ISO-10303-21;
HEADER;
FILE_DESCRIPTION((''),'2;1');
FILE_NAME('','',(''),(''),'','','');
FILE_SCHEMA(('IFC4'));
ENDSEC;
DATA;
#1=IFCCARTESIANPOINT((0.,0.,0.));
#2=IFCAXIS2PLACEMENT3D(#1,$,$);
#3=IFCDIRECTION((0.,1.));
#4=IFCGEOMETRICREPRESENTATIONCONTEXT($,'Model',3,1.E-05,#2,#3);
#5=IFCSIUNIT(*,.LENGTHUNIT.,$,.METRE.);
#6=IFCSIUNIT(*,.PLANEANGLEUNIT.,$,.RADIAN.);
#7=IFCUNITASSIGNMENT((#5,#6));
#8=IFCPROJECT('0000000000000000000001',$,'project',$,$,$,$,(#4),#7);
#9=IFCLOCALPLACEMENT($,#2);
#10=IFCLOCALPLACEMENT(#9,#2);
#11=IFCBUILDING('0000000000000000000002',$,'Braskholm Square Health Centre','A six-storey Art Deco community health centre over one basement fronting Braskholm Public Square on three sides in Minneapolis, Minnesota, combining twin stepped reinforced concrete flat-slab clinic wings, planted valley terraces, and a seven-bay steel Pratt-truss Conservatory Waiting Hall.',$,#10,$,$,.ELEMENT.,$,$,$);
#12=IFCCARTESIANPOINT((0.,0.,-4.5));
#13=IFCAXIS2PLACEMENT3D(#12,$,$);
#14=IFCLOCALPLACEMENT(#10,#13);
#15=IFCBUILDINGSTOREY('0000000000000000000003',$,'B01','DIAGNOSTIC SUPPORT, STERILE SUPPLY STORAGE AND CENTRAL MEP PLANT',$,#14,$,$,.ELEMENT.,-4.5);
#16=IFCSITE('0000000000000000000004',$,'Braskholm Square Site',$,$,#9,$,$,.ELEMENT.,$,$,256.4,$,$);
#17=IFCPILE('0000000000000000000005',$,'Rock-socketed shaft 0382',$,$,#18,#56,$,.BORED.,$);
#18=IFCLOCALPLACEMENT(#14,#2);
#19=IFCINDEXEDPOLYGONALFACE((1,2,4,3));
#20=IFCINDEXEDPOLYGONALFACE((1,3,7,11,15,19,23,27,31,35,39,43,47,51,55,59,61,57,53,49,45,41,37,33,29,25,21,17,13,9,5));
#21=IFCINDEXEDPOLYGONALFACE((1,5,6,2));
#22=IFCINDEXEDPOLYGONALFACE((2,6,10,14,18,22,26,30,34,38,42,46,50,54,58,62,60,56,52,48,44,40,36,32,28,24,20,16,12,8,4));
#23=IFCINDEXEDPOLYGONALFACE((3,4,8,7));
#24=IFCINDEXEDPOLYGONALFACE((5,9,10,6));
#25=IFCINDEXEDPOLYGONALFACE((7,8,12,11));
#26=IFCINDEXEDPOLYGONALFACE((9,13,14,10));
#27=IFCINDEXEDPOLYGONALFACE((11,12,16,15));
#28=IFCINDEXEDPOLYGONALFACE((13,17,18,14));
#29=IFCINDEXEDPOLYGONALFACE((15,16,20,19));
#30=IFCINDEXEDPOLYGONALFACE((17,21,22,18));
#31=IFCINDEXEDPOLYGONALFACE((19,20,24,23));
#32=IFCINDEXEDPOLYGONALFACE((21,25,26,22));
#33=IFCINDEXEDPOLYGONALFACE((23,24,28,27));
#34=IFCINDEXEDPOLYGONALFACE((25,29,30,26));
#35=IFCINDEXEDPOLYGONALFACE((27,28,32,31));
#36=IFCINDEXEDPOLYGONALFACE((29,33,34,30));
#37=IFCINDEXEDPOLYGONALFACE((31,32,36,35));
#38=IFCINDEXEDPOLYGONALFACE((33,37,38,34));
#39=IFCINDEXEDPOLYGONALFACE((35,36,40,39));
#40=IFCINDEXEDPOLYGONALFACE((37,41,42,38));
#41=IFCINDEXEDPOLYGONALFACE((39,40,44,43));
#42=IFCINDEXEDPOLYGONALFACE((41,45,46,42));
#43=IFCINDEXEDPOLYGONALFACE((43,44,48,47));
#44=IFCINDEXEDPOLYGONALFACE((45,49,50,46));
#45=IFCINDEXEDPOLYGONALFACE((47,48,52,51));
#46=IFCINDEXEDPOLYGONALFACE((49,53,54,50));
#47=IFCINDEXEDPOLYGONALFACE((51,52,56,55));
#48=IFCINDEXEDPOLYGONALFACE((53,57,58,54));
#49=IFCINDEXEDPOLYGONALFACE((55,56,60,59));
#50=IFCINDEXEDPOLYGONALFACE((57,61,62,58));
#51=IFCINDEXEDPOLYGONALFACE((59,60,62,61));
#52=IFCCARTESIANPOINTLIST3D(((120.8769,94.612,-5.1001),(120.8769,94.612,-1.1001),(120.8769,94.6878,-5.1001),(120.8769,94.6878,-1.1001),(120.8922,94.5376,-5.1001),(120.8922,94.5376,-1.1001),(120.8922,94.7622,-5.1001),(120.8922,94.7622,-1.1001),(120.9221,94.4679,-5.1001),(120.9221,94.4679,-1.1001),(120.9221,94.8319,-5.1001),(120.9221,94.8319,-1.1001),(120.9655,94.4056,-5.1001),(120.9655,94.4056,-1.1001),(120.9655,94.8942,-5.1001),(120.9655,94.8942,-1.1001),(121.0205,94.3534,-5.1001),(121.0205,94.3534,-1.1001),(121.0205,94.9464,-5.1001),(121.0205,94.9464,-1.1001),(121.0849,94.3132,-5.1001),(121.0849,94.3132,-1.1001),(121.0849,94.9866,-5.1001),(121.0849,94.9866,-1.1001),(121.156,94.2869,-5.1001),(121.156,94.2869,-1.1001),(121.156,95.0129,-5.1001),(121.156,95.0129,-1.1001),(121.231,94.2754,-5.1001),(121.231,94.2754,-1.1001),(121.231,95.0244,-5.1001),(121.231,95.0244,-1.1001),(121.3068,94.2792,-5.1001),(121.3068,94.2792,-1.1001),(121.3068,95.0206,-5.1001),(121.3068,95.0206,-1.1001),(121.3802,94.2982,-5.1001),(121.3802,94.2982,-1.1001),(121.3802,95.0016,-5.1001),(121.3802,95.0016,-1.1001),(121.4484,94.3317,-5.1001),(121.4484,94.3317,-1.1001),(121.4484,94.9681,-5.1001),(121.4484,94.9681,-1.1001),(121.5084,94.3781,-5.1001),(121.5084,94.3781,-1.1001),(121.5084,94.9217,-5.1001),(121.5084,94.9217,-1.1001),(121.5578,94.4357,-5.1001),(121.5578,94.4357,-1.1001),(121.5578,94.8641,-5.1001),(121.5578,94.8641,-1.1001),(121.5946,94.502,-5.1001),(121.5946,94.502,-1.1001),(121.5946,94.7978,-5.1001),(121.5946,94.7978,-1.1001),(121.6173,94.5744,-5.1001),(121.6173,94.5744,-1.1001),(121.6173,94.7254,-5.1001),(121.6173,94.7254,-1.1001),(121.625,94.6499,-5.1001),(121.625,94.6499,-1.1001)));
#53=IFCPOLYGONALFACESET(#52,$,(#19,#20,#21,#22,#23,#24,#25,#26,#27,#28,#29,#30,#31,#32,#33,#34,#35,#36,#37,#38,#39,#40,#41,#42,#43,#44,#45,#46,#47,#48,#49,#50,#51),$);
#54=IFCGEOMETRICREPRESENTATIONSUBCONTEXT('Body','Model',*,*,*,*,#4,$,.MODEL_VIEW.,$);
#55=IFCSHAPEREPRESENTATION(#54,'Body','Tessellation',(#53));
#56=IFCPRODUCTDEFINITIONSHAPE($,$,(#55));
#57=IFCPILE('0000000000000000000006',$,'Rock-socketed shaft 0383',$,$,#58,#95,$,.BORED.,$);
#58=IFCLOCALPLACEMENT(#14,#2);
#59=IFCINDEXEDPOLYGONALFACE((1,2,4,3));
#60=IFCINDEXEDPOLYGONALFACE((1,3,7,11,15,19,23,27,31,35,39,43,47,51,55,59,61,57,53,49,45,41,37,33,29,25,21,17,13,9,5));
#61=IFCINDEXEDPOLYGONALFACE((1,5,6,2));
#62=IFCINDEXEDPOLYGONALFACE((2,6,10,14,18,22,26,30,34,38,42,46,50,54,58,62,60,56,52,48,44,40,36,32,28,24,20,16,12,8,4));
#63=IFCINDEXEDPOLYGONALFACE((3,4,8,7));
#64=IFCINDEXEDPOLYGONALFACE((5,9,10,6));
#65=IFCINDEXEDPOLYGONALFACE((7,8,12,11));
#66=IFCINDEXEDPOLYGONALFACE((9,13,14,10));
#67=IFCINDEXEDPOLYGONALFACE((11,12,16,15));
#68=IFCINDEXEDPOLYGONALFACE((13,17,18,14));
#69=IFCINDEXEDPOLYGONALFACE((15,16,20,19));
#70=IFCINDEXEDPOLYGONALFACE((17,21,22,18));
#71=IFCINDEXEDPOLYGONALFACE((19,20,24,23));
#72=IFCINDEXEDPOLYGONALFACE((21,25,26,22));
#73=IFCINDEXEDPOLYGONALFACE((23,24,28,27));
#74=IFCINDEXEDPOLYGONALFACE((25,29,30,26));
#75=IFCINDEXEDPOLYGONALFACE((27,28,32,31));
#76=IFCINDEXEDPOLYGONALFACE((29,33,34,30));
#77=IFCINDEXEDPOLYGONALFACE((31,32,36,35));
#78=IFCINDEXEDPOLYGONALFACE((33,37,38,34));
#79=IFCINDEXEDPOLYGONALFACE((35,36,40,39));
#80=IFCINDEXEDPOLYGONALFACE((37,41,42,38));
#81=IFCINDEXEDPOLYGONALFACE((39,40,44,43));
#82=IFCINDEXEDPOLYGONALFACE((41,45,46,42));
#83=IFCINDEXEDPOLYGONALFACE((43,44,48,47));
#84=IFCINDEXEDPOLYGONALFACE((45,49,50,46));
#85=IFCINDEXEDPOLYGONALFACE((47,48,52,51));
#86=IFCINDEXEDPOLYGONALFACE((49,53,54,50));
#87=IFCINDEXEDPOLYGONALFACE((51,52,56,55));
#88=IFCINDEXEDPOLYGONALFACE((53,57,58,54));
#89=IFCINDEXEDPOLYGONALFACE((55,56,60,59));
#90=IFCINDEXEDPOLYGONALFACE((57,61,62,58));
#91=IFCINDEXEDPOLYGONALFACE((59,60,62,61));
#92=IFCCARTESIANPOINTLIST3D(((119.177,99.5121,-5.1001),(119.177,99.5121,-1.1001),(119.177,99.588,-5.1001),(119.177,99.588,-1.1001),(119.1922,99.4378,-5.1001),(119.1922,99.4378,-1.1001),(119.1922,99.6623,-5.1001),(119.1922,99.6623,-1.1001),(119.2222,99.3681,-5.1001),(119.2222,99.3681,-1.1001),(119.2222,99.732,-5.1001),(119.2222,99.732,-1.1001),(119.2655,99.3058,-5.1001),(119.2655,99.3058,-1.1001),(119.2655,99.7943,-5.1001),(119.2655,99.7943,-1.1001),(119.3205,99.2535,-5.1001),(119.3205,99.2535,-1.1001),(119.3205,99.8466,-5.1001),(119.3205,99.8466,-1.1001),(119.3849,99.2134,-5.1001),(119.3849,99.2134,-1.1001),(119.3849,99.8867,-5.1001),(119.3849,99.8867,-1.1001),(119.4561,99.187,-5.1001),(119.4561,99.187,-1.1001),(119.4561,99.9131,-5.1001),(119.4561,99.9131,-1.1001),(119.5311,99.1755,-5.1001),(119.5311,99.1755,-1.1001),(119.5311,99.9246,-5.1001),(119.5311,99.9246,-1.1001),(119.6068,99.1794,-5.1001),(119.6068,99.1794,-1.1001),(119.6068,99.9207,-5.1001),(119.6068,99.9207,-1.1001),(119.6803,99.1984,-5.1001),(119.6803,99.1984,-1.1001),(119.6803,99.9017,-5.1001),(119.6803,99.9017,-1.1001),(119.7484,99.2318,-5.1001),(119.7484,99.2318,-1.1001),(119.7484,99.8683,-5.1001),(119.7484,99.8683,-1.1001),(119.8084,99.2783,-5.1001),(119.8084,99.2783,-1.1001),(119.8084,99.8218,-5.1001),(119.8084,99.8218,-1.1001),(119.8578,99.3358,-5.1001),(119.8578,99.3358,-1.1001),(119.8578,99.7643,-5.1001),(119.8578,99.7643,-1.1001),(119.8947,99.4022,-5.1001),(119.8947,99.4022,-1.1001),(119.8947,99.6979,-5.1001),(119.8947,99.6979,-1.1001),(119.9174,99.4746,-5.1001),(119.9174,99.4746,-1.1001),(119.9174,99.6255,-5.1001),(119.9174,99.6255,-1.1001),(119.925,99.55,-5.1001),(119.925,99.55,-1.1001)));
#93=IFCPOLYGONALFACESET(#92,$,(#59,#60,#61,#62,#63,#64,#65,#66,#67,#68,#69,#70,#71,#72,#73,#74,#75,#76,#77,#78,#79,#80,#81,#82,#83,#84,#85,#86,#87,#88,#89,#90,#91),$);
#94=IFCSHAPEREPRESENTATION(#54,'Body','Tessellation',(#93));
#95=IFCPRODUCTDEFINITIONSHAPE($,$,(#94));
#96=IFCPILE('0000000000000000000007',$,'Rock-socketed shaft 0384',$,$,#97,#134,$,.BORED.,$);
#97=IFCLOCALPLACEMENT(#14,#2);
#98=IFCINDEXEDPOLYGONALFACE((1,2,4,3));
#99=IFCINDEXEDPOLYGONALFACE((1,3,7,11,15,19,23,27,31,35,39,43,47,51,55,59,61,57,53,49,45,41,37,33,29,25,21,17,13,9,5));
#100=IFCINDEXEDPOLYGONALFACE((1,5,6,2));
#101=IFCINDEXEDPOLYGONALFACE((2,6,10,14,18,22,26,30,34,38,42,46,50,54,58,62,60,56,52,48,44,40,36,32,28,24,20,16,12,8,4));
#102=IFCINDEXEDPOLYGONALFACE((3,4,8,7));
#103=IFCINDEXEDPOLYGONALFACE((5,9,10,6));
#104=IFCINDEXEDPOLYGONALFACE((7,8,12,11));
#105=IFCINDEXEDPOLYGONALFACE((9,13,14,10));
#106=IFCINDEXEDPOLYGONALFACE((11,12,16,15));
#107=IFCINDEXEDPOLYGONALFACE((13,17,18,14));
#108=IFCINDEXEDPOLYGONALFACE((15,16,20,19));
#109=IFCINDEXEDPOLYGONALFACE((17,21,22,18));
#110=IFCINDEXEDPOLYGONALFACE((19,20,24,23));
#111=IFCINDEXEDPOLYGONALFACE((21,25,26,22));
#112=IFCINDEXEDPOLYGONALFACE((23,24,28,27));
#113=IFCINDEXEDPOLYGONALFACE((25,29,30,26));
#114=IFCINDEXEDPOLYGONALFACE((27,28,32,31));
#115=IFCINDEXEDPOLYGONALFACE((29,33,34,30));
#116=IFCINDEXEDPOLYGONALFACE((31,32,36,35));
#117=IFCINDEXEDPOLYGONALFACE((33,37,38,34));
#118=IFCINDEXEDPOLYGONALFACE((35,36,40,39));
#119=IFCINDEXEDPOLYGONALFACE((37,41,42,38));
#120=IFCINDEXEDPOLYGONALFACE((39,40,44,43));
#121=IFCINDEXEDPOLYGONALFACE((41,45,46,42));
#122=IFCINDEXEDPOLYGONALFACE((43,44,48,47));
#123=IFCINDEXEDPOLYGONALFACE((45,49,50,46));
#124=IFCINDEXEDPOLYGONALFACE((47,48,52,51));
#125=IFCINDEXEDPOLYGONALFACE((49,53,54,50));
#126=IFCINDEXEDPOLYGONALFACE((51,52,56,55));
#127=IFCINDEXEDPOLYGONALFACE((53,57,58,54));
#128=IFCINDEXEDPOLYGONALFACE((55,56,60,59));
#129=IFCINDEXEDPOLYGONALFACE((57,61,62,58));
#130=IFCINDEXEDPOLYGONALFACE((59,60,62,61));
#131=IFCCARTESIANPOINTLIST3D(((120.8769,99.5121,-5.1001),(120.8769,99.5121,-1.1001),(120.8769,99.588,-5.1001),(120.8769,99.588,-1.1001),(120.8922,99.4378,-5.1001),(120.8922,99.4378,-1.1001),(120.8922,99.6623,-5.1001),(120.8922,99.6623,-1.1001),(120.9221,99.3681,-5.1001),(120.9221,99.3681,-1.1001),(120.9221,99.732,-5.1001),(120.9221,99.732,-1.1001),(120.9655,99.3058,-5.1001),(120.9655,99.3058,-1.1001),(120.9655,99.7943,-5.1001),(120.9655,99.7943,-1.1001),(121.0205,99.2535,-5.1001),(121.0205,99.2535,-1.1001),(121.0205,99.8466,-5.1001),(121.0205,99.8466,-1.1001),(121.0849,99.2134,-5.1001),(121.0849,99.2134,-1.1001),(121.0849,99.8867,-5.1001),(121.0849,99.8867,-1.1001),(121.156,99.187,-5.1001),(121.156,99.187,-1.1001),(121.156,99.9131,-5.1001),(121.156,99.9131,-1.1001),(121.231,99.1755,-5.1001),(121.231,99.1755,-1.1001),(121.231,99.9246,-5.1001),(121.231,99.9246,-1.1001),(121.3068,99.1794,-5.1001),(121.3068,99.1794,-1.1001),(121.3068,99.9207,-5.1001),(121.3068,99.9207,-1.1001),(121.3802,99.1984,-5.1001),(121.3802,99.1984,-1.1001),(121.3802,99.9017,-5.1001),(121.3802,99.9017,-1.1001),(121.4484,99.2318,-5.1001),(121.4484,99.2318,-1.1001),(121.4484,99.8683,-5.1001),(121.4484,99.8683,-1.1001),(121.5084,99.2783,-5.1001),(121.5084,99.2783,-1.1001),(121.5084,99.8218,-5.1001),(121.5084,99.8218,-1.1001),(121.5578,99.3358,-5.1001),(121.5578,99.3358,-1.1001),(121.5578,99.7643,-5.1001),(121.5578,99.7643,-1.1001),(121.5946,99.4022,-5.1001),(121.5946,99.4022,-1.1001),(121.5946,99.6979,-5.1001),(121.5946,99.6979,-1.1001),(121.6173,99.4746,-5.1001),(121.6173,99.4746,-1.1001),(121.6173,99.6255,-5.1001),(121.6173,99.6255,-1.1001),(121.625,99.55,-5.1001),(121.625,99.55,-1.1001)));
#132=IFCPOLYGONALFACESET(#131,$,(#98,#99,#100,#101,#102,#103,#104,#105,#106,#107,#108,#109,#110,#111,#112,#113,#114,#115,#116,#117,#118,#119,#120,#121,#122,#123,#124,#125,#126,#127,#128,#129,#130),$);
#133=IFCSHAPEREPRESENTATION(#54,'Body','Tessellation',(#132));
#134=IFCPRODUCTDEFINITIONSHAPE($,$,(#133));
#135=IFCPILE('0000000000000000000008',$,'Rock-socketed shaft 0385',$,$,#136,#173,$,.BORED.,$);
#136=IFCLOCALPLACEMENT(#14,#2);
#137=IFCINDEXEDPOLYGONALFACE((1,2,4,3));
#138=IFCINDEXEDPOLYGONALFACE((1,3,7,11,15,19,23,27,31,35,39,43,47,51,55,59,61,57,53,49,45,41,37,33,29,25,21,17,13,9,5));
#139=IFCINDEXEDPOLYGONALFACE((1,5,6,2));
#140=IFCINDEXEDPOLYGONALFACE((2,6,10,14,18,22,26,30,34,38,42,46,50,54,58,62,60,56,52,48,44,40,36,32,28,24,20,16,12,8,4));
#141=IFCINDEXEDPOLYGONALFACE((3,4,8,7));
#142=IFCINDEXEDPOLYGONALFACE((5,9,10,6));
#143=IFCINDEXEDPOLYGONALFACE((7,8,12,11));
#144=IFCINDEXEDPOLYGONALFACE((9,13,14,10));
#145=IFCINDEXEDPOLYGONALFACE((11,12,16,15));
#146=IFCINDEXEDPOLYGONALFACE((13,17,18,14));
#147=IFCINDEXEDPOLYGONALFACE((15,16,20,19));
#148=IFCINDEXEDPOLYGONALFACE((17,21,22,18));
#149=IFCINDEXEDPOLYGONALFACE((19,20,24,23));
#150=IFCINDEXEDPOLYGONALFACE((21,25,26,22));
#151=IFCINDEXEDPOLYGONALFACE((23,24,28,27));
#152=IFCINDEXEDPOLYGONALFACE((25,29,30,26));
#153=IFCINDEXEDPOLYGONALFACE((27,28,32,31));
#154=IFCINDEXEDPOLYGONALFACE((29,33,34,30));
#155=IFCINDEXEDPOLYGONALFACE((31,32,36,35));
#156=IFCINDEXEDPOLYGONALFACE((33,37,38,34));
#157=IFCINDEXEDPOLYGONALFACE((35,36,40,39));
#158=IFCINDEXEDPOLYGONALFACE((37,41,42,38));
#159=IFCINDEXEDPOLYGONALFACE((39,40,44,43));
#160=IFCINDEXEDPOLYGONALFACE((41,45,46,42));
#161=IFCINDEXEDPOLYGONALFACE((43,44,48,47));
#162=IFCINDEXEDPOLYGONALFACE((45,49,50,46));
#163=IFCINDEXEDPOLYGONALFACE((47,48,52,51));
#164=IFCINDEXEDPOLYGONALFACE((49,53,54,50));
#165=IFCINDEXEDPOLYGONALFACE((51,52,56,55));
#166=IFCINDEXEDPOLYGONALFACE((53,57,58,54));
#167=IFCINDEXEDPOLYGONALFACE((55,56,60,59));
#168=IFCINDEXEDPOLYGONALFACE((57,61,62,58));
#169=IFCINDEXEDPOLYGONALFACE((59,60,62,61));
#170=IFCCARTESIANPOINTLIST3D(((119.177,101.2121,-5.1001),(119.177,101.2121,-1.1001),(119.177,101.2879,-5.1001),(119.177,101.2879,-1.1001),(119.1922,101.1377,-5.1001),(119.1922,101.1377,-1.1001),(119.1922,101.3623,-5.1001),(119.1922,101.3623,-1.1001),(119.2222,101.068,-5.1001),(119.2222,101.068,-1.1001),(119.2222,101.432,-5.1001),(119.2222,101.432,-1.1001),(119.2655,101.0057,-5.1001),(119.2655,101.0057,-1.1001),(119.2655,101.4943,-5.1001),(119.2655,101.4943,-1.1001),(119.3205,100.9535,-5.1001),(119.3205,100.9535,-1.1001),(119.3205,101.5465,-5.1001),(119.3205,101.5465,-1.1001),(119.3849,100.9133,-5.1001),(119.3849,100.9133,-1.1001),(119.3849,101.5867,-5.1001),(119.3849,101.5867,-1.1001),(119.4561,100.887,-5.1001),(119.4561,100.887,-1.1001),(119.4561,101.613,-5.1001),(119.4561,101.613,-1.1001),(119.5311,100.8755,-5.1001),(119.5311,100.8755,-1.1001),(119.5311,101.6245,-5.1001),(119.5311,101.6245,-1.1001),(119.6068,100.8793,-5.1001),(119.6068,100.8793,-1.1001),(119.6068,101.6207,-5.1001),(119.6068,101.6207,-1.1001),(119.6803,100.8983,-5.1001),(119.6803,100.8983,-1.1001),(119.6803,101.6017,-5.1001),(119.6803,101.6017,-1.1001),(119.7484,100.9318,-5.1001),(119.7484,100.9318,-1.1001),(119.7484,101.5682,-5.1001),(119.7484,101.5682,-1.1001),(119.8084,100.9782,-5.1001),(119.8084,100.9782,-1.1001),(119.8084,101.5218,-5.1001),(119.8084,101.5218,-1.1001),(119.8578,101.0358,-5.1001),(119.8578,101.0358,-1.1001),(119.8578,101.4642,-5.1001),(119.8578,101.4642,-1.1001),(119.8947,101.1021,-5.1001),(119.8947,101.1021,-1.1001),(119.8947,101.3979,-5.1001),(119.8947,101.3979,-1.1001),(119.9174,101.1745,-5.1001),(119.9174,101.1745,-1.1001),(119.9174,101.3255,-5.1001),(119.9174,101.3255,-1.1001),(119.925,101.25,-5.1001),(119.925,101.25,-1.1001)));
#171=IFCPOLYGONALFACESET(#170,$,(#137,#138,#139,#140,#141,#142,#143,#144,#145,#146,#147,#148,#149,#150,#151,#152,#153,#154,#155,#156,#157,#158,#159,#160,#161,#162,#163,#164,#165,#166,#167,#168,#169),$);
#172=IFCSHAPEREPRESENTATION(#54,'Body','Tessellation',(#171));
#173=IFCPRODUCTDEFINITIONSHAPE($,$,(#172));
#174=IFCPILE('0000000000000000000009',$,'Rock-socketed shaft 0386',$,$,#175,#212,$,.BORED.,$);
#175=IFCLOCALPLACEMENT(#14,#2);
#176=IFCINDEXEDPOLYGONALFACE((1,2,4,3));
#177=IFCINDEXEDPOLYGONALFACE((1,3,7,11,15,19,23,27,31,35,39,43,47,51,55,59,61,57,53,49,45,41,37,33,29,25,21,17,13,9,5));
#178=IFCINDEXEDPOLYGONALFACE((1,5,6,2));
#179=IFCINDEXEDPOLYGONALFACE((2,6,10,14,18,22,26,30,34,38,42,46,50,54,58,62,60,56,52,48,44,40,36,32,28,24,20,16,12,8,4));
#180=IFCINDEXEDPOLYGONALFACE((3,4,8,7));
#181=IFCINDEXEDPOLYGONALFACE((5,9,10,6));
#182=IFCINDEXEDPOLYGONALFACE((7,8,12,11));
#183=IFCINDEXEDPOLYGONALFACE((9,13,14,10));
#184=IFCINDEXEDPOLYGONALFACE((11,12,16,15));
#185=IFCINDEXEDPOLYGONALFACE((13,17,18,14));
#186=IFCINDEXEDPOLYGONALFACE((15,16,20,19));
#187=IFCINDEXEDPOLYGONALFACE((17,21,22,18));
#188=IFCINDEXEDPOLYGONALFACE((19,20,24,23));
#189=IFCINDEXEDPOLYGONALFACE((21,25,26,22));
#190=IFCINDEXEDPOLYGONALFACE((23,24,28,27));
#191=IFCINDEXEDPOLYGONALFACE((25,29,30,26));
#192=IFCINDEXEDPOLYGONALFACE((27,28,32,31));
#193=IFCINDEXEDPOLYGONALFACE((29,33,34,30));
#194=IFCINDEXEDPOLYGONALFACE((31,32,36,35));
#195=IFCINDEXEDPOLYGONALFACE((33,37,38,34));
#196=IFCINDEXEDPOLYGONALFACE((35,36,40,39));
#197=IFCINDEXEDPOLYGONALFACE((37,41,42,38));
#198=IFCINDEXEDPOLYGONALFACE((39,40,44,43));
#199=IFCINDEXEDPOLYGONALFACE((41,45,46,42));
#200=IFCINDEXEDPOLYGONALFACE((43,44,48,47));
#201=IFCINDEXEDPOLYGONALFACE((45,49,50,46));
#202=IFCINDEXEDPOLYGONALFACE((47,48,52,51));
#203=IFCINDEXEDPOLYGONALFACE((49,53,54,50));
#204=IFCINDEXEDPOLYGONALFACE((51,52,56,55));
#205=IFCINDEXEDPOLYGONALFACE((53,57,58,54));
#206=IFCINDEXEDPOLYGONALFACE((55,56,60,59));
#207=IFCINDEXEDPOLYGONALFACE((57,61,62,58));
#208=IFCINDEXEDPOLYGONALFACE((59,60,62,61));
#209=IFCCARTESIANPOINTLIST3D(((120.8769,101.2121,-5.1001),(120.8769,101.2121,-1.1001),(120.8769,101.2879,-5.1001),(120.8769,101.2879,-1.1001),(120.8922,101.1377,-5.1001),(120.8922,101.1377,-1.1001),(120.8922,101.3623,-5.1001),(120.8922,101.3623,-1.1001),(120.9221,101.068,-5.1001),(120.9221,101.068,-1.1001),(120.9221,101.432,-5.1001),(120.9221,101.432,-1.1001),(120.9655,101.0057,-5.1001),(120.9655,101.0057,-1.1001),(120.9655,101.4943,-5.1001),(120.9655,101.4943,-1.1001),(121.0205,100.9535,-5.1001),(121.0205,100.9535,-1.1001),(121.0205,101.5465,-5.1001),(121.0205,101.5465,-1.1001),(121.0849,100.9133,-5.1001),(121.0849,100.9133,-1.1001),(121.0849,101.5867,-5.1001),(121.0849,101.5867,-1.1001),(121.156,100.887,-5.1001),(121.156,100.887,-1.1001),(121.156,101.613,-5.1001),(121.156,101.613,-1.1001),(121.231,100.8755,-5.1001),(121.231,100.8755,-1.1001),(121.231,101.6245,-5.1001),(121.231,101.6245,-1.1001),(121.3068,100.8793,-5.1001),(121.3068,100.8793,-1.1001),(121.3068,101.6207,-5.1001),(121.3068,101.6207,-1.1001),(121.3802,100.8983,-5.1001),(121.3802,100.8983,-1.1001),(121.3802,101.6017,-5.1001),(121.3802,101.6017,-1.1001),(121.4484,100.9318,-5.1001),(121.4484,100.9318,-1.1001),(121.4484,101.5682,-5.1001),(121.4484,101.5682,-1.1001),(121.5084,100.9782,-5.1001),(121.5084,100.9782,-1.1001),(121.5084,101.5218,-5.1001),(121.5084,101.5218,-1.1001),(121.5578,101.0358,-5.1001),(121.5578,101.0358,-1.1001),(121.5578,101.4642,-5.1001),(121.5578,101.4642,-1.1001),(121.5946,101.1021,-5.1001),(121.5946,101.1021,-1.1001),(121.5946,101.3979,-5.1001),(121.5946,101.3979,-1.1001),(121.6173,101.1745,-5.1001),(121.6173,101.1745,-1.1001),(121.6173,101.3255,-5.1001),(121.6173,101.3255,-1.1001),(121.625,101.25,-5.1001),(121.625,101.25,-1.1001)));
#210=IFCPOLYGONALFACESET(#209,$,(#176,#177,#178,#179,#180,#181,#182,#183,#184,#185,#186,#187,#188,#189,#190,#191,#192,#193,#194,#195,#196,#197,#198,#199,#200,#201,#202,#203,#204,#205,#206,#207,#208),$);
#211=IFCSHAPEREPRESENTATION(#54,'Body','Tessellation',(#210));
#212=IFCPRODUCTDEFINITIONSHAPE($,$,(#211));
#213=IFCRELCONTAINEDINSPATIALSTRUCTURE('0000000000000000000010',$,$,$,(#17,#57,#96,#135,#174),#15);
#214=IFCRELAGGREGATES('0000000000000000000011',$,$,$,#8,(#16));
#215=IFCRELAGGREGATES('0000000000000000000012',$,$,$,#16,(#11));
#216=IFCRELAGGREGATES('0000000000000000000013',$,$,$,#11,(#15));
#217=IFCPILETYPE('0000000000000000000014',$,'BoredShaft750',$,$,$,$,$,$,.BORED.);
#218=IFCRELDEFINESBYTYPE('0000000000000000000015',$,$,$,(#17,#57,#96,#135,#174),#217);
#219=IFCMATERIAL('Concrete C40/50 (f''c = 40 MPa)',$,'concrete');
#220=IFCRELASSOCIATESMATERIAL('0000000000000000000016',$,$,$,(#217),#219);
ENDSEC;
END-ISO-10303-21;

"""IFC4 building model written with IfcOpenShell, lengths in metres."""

from ifc_helpers import new_model, si_unit, direction, frame, origin, origin_2d, place, context, subcontext, project, spatial, circle, extrude, material, material_profile, profile_set, type_object, element, save


model = new_model("IFC4")

# Units and contexts
model_context = context("Model", 3, precision=1e-05, world=origin(), true_north=direction((0.0, 1.0)))
body_context = subcontext(model_context, "Body", "Model", "MODEL_VIEW")
ifc_project = project(units=[si_unit("LENGTHUNIT", "METRE"), si_unit("PLANEANGLEUNIT", "RADIAN")], contexts=[model_context])

# Site, building, storey
site_placement = place(None, origin())
site = spatial("IfcSite", under=ifc_project, at=site_placement, Name="Braskholm Square Site", CompositionType="ELEMENT", RefElevation=256.4)
building_placement = place(site_placement, origin())
building = spatial("IfcBuilding", under=site, at=building_placement, Name="Braskholm Square Health Centre", Description="A six-storey Art Deco community health centre over one basement fronting Braskholm Public Square on three sides in Minneapolis, Minnesota, combining twin stepped reinforced concrete flat-slab clinic wings, planted valley terraces, and a seven-bay steel Pratt-truss Conservatory Waiting Hall.", CompositionType="ELEMENT")
storey_placement = place(building_placement, frame((0.0, 0.0, -4.5)))
storey = spatial("IfcBuildingStorey", under=building, at=storey_placement, Name="B01", Description="DIAGNOSTIC SUPPORT, STERILE SUPPLY STORAGE AND CENTRAL MEP PLANT", CompositionType="ELEMENT", Elevation=-4.5)

# Piles
ifc_material_1 = material(Name="Concrete C40/50 (f'c = 40 MPa)", Category="concrete")
ifc_material_profile_1 = material_profile(ifc_material_1, circle(Radius=0.375, at=origin_2d()), Name="BORED-PILE-750")
ifc_profile_set_1 = profile_set([ifc_material_profile_1], Name="Concrete C40/50 (f'c = 40 MPa)")
pile_type = type_object("IfcPileType", Name="BoredShaft750", PredefinedType="BORED", material=ifc_profile_set_1)
for number, where, z_axis, x_axis, name in (
    (1, (121.25, 94.6499, -1.1001), (0.0, 0.0, -1.0), (1.0, 0.0, 0.0), "Rock-socketed shaft 0382"),
    (2, (119.55, 99.55, -1.1001), (0.0, 0.0, -1.0), (1.0, 0.0, 0.0), "Rock-socketed shaft 0383"),
    (3, (121.25, 99.55, -1.1001), (0.0, 0.0, -1.0), (1.0, 0.0, 0.0), "Rock-socketed shaft 0384"),
    (4, (119.55, 101.25, -1.1001), (0.0, 0.0, -1.0), (1.0, 0.0, 0.0), "Rock-socketed shaft 0385"),
    (5, (121.25, 101.25, -1.1001), (0.0, 0.0, -1.0), (1.0, 0.0, 0.0), "Rock-socketed shaft 0386"),
):
    element("IfcPile", number, at=place(storey_placement, frame(where, z_axis=z_axis, x_axis=x_axis)), inside=storey, type_object=pile_type, Name=name, PredefinedType="BORED", context=body_context, shape_type="SweptSolid", body=[
        extrude(circle(Radius=0.375, at=origin_2d()), origin(), (0.0, 0.0, 1.0), 4.0),
    ])

save(model, "model.ifc")
